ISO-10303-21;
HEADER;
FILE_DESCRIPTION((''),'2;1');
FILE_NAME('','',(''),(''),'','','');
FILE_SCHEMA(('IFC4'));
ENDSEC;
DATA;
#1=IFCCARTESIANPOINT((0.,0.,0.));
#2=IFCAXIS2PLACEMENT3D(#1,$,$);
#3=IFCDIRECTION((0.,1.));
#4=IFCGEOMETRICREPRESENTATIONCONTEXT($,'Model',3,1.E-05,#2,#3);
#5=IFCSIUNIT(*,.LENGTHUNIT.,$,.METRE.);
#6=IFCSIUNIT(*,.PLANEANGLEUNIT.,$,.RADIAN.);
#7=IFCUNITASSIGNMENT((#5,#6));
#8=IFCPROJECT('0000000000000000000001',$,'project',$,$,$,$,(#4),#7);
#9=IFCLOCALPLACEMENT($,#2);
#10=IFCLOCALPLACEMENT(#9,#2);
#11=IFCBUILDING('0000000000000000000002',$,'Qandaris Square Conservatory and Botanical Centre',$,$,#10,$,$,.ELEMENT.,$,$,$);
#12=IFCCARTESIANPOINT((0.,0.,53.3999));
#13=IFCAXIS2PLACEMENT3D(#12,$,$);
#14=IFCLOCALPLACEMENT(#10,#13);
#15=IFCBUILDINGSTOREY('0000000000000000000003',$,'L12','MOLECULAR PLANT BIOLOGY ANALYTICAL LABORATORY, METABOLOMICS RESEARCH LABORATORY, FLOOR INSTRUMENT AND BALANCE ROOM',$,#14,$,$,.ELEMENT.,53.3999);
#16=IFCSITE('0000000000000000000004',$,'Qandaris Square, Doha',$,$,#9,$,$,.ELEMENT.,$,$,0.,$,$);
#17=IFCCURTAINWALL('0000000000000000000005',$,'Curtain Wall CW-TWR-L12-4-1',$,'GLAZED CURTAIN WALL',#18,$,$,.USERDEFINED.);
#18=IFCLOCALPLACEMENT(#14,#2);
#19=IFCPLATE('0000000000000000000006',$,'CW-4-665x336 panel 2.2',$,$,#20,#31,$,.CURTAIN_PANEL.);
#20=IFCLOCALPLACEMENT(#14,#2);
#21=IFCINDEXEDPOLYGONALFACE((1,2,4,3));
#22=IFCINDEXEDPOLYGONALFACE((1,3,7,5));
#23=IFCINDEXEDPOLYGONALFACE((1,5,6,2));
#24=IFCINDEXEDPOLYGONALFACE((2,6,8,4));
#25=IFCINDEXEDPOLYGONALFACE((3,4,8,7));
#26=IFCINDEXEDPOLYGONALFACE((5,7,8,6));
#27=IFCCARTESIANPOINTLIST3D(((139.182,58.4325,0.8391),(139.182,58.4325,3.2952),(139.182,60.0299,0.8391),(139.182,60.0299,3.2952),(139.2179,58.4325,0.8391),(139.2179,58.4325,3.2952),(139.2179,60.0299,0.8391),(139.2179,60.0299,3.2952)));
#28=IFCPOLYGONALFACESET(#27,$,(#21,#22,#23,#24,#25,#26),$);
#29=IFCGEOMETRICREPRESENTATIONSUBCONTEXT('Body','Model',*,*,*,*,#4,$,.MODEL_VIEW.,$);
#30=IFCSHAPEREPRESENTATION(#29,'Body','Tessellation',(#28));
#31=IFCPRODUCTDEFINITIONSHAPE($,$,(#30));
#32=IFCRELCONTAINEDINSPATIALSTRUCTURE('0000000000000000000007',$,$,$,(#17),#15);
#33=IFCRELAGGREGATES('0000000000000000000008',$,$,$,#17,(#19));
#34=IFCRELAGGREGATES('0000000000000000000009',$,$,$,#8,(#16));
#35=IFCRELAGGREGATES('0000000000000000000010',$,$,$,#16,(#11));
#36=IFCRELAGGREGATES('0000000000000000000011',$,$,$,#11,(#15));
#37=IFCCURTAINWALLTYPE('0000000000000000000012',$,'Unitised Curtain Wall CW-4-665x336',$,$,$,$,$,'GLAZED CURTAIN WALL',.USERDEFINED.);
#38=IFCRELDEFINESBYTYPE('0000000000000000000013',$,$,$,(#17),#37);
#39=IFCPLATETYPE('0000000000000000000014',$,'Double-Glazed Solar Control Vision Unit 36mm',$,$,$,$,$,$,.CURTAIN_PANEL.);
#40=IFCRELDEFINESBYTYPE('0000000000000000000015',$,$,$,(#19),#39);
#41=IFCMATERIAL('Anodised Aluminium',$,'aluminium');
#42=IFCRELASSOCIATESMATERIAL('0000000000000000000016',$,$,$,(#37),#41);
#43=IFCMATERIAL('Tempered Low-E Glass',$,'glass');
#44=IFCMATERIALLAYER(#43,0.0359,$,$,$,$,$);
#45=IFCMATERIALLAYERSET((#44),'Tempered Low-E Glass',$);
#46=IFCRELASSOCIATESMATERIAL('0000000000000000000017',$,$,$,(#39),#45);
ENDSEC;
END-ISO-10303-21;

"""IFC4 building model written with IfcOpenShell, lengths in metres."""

from ifc_helpers import new_model, si_unit, direction, frame, origin, origin_2d, place, context, subcontext, project, spatial, rectangle, extrude, material, layer, layer_set, type_object, element, aggregate, save


model = new_model("IFC4")

# Units and contexts
model_context = context("Model", 3, precision=1e-05, world=origin(), true_north=direction((0.0, 1.0)))
body_context = subcontext(model_context, "Body", "Model", "MODEL_VIEW")
ifc_project = project(units=[si_unit("LENGTHUNIT", "METRE"), si_unit("PLANEANGLEUNIT", "RADIAN")], contexts=[model_context])

# Site, building, storey
site_placement = place(None, origin())
site = spatial("IfcSite", under=ifc_project, at=site_placement, Name="Qandaris Square, Doha", CompositionType="ELEMENT", RefElevation=0.0)
building_placement = place(site_placement, origin())
building = spatial("IfcBuilding", under=site, at=building_placement, Name="Qandaris Square Conservatory and Botanical Centre", CompositionType="ELEMENT")
storey_placement = place(building_placement, frame((0.0, 0.0, 53.3999)))
storey = spatial("IfcBuildingStorey", under=building, at=storey_placement, Name="L12", Description="MOLECULAR PLANT BIOLOGY ANALYTICAL LABORATORY, METABOLOMICS RESEARCH LABORATORY, FLOOR INSTRUMENT AND BALANCE ROOM", CompositionType="ELEMENT", Elevation=53.3999)

# Curtain wall
ifc_material_1 = material(Name="Anodised Aluminium", Category="aluminium")
curtain_wall_type_1 = type_object("IfcCurtainWallType", Name="Unitised Curtain Wall CW-4-665x336", ElementType="GLAZED CURTAIN WALL", PredefinedType="USERDEFINED", material=ifc_material_1)
curtain_wall_1_placement = place(storey_placement, origin())
curtain_wall_1 = element("IfcCurtainWall", 1, at=curtain_wall_1_placement, inside=storey, type_object=curtain_wall_type_1, Name="Curtain Wall CW-TWR-L12-4-1", ObjectType="GLAZED CURTAIN WALL", PredefinedType="USERDEFINED")

# Plate
ifc_material_2 = material(Name="Tempered Low-E Glass", Category="glass")
ifc_layer = layer(ifc_material_2, 0.0359)
ifc_layer_set = layer_set([ifc_layer], Name="Tempered Low-E Glass")
plate_type = type_object("IfcPlateType", Name="Double-Glazed Solar Control Vision Unit 36mm", PredefinedType="CURTAIN_PANEL", material=ifc_layer_set)
plate_1_placement = place(storey_placement, frame((139.2, 59.2312, 0.8391), z_axis=(0.0, 0.0, 1.0), x_axis=(0.0, -1.0, 0.0)))
plate_1 = element("IfcPlate", 2, at=plate_1_placement, type_object=plate_type, Name="CW-4-665x336 panel 2.2", PredefinedType="CURTAIN_PANEL", context=body_context, shape_type="SweptSolid", body=[
    extrude(rectangle(XDim=1.5974, YDim=0.0359, at=origin_2d()), origin(), (0.0, 0.0, 1.0), 2.4561),
])
aggregate(curtain_wall_1, [plate_1])

save(model, "model.ifc")
